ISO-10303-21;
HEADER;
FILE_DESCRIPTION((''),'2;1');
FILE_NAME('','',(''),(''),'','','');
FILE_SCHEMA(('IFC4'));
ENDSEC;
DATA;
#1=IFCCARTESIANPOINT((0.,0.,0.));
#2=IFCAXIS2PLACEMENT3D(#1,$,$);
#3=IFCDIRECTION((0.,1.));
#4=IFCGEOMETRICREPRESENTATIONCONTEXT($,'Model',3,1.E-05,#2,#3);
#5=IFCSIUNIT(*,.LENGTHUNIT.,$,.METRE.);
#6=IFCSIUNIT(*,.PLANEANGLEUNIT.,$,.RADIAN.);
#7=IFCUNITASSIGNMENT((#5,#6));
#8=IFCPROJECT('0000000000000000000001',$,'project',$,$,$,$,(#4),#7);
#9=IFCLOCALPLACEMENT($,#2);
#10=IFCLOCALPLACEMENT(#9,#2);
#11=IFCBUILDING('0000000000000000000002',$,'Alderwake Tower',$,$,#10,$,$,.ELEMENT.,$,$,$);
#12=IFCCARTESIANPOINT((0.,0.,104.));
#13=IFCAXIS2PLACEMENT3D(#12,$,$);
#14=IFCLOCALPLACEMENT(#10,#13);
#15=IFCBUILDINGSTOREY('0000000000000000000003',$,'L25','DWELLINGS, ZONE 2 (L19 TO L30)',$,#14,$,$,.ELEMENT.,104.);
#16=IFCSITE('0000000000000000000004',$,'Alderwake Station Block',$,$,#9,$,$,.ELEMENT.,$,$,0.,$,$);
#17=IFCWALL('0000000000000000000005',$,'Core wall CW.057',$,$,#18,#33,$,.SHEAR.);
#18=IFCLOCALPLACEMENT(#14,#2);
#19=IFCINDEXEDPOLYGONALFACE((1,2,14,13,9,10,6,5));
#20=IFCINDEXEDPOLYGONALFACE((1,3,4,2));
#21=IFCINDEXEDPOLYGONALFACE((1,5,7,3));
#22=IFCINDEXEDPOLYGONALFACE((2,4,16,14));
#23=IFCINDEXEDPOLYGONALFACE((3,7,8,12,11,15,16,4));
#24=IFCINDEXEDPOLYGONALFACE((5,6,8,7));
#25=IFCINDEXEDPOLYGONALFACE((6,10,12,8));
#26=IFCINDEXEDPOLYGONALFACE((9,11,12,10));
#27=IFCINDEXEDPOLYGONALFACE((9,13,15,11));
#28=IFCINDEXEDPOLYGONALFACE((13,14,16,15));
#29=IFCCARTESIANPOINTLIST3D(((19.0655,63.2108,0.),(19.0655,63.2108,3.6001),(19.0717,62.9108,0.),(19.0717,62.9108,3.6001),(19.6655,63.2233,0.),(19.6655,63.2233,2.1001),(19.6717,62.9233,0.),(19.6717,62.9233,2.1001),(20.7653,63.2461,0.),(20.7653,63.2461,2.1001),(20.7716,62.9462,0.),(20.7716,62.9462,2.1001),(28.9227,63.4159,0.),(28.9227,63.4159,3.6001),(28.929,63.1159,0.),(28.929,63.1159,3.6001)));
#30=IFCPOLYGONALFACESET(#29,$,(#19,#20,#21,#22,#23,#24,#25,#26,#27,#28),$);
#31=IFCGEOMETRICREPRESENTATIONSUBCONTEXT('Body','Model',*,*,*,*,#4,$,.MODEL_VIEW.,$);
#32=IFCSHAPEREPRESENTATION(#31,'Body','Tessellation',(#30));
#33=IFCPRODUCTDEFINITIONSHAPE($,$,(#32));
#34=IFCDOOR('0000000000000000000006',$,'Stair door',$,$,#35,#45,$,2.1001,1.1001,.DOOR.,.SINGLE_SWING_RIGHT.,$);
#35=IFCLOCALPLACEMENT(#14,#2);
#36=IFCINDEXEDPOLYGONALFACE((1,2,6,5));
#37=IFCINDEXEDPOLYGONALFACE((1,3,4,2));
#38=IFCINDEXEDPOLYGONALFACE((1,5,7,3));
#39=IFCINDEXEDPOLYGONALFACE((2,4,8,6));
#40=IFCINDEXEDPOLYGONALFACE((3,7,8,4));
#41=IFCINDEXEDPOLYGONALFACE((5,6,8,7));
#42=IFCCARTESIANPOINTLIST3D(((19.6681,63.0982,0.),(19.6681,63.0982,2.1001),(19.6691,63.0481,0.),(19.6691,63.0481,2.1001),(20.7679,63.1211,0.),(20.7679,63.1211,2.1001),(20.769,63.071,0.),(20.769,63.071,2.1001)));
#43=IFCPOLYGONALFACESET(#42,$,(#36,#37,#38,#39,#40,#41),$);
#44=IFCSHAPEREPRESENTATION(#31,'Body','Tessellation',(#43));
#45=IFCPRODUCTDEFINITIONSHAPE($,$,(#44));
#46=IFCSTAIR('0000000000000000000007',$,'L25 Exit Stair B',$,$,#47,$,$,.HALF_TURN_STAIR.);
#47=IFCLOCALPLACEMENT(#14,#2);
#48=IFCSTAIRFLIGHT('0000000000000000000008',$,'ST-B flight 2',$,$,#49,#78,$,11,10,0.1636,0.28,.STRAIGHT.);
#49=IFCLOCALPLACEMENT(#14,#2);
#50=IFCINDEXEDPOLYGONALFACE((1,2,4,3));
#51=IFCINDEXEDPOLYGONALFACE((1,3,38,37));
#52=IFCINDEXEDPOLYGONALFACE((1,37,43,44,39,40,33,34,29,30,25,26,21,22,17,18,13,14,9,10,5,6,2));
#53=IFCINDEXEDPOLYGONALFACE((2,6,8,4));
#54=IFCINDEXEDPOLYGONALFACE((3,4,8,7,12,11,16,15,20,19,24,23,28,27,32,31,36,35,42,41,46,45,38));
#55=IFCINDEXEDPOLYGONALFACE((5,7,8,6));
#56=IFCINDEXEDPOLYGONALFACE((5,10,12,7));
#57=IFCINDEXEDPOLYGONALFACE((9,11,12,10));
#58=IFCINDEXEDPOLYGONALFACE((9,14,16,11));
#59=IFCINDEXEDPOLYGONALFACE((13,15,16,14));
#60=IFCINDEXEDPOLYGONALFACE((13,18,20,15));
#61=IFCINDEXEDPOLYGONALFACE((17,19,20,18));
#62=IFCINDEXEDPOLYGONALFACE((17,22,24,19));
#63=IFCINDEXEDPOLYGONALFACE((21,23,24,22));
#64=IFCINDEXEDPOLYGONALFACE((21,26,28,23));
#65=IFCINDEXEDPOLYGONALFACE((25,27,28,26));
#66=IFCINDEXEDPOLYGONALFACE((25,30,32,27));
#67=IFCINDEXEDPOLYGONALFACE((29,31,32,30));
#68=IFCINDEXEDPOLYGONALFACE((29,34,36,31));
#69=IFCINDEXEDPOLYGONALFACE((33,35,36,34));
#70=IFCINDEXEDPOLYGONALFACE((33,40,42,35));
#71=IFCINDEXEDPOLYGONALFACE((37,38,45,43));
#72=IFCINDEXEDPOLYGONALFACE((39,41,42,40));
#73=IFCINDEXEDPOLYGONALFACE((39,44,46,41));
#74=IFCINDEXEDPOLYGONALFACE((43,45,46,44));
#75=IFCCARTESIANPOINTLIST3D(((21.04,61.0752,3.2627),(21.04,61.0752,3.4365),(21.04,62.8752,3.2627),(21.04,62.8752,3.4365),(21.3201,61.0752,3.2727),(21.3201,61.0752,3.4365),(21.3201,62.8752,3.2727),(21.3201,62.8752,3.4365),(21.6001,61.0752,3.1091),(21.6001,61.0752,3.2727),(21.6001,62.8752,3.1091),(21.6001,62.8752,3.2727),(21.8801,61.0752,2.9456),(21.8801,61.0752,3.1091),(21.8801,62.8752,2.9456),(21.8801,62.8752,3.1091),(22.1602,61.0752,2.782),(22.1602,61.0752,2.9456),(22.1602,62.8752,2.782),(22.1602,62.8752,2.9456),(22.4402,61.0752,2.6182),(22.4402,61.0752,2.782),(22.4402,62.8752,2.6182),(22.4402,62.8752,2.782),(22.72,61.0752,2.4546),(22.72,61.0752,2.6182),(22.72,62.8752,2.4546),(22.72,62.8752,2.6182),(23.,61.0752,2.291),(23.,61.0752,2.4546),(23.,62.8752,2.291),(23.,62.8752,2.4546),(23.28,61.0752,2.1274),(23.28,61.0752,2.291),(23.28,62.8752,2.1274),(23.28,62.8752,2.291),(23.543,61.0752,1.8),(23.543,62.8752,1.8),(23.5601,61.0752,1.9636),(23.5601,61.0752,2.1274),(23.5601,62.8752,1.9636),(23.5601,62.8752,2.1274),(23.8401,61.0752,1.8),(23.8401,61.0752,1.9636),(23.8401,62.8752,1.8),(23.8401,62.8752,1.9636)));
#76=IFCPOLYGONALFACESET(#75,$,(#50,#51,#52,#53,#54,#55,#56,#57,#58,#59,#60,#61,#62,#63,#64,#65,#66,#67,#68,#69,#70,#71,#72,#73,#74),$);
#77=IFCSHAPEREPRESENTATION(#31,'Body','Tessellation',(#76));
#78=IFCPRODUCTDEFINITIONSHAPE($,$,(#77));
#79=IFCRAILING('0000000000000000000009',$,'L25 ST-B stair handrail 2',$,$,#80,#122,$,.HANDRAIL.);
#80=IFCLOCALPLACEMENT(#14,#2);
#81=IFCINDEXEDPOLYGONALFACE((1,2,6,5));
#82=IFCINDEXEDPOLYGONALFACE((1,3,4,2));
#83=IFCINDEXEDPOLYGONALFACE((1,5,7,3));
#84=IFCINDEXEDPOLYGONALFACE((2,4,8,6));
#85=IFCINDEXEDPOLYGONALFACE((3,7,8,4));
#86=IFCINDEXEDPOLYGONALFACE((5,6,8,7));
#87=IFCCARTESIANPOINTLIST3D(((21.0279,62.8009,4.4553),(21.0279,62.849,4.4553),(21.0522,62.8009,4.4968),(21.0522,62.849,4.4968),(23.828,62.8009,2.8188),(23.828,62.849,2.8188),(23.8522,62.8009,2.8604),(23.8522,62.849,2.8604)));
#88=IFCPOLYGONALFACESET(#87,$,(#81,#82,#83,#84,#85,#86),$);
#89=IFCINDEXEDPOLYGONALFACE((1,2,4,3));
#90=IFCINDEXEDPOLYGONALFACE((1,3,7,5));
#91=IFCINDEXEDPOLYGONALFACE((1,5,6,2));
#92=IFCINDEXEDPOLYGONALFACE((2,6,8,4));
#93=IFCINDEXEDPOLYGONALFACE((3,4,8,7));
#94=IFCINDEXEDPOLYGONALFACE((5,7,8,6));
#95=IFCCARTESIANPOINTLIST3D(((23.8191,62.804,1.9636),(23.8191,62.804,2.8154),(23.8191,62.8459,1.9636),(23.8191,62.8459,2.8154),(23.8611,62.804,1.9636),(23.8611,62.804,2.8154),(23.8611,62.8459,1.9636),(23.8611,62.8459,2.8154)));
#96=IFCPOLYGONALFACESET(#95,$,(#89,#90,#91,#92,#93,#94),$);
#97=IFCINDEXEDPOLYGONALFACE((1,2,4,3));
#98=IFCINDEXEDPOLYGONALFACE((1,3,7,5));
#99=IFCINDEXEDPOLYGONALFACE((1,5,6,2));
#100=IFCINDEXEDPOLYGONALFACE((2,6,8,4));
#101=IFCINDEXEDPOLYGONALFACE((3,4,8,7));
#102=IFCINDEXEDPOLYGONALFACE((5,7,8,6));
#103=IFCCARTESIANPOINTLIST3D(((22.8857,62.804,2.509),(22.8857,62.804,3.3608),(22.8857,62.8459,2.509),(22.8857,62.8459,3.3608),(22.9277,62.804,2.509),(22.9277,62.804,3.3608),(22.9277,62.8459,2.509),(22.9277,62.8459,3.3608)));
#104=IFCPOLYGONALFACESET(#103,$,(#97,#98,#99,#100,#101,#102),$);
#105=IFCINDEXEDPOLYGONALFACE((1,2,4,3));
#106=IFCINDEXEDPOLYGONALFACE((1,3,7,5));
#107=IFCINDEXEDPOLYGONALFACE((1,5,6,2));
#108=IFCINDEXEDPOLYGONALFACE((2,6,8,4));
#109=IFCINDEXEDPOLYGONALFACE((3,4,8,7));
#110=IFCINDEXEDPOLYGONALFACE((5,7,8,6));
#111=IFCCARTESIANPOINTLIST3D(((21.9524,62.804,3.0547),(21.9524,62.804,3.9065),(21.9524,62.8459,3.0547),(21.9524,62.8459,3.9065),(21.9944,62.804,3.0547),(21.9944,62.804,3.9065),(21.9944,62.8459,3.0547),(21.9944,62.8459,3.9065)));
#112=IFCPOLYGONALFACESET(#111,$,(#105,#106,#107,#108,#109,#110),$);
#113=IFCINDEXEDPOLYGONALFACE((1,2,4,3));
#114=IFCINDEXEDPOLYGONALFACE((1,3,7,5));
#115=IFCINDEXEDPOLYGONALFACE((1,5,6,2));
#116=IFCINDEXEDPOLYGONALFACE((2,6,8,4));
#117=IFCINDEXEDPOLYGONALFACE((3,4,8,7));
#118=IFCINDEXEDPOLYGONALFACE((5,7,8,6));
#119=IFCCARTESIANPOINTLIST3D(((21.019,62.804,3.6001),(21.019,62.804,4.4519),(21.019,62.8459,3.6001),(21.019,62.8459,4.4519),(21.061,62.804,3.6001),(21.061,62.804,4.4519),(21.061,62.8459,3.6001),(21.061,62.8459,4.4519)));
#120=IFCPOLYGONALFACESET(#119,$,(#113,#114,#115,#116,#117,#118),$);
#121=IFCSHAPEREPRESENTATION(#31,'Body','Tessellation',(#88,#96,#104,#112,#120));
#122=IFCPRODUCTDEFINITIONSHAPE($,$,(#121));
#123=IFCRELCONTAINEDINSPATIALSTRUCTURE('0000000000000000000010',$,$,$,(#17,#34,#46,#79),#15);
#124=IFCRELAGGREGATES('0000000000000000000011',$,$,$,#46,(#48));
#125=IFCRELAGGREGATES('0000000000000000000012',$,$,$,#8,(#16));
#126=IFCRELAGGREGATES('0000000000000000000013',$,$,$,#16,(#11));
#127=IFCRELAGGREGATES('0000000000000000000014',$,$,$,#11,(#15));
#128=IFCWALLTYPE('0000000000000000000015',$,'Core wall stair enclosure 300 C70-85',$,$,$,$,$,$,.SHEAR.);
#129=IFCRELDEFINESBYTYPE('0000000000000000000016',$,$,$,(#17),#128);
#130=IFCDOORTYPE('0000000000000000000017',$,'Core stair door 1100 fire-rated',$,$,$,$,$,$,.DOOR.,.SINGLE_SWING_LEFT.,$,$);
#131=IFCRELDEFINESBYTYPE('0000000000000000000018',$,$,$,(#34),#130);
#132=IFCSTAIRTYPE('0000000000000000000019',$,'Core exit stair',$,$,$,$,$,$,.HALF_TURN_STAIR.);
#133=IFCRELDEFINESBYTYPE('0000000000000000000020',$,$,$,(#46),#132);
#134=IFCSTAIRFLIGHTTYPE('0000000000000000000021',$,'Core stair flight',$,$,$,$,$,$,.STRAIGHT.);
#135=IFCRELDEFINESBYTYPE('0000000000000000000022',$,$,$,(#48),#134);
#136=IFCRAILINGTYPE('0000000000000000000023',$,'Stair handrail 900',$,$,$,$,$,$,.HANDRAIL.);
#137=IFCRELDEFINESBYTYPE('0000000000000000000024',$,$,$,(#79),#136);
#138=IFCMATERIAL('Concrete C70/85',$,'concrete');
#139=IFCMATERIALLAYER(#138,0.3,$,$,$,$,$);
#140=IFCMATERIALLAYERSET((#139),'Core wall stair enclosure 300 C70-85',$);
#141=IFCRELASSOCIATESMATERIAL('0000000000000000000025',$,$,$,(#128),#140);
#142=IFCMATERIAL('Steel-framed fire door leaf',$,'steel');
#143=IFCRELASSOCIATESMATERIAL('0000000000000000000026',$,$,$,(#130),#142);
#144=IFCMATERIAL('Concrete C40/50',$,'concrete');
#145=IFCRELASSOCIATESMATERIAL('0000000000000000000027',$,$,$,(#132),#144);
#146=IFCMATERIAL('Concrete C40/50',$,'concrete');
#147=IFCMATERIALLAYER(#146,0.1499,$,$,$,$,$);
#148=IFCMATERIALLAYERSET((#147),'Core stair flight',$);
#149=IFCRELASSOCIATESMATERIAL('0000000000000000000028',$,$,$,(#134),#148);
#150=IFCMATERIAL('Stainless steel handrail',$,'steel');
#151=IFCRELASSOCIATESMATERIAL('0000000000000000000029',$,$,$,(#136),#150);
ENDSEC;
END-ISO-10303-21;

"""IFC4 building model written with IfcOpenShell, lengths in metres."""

from ifc_helpers import new_model, si_unit, direction, frame, frame_2d, origin, origin_2d, place, context, subcontext, project, spatial, polyline, rectangle, outline, extrude, material, layer, layer_set, type_object, element, fill, aggregate, save


model = new_model("IFC4")

# Units and contexts
model_context = context("Model", 3, precision=1e-05, world=origin(), true_north=direction((0.0, 1.0)))
body_context = subcontext(model_context, "Body", "Model", "MODEL_VIEW")
ifc_project = project(units=[si_unit("LENGTHUNIT", "METRE"), si_unit("PLANEANGLEUNIT", "RADIAN")], contexts=[model_context])

# Site, building, storey
site_placement = place(None, origin())
site = spatial("IfcSite", under=ifc_project, at=site_placement, Name="Alderwake Station Block", CompositionType="ELEMENT", RefElevation=0.0)
building_placement = place(site_placement, origin())
building = spatial("IfcBuilding", under=site, at=building_placement, Name="Alderwake Tower", CompositionType="ELEMENT")
storey_placement = place(building_placement, frame((0.0, 0.0, 104.0)))
storey = spatial("IfcBuildingStorey", under=building, at=storey_placement, Name="L25", Description="DWELLINGS, ZONE 2 (L19 TO L30)", CompositionType="ELEMENT", Elevation=104.0)

# Wall, opening, door
ifc_material_1 = material(Name="Concrete C70/85", Category="concrete")
ifc_layer_1 = layer(ifc_material_1, 0.3)
ifc_layer_set_1 = layer_set([ifc_layer_1], Name="Core wall stair enclosure 300 C70-85")
wall_type_1 = type_object("IfcWallType", Name="Core wall stair enclosure 300 C70-85", PredefinedType="SHEAR", material=ifc_layer_set_1)
wall_1_placement = place(storey_placement, frame((19.0686, 63.0608, 0.0), z_axis=(0.0, 0.0, 1.0), x_axis=(0.999784, 0.0208, 0.0)))
wall_1 = element("IfcWall", 1, at=wall_1_placement, inside=storey, type_object=wall_type_1, Name="Core wall CW.057", PredefinedType="SHEAR", context=body_context, shape_type="SweptSolid", body=[
    extrude(rectangle(XDim=9.8594, YDim=0.3, at=frame_2d((4.9297, 0.0))), origin(), (0.0, 0.0, 1.0), 3.6001),
])
opening_1_placement = place(wall_1_placement, frame((0.6001, 0.0, 0.0)))
opening_1 = element("IfcOpeningElement", 2, at=opening_1_placement, cuts=wall_1, PredefinedType="OPENING", context=body_context, shape_type="SweptSolid", body=[
    extrude(rectangle(XDim=1.1001, YDim=2.1001, at=frame_2d((0.55, 1.05))), frame((0.0, 0.1599, 0.0), z_axis=(0.0, -1.0, 0.0), x_axis=(1.0, 0.0, 0.0)), (0.0, 0.0, 1.0), 0.3201),
])
ifc_material_2 = material(Name="Steel-framed fire door leaf", Category="steel")
door_type_1 = type_object("IfcDoorType", Name="Core stair door 1100 fire-rated", OperationType="SINGLE_SWING_LEFT", PredefinedType="DOOR", material=ifc_material_2)
door_1_placement = place(opening_1_placement, origin())
door_1 = element("IfcDoor", 3, at=door_1_placement, inside=storey, type_object=door_type_1, Name="Stair door", OperationType="SINGLE_SWING_RIGHT", OverallHeight=2.1001, OverallWidth=1.1001, PredefinedType="DOOR", context=body_context, shape_type="SweptSolid", body=[
    extrude(rectangle(XDim=1.1001, YDim=2.1001, at=frame_2d((0.55, 1.05))), frame((0.0, 0.0249, 0.0), z_axis=(0.0, -1.0, 0.0), x_axis=(1.0, 0.0, 0.0)), (0.0, 0.0, 1.0), 0.05),
])
fill(opening_1, door_1)

# Stair, stair flight
ifc_material_3 = material(Name="Concrete C40/50", Category="concrete")
stair_type = type_object("IfcStairType", Name="Core exit stair", PredefinedType="HALF_TURN_STAIR", material=ifc_material_3)
stair_placement = place(storey_placement, origin())
stair = element("IfcStair", 4, at=stair_placement, inside=storey, type_object=stair_type, Name="L25 Exit Stair B", PredefinedType="HALF_TURN_STAIR")
ifc_material_4 = material(Name="Concrete C40/50", Category="concrete")
ifc_layer_2 = layer(ifc_material_4, 0.1499)
ifc_layer_set_2 = layer_set([ifc_layer_2], Name="Core stair flight")
stair_flight_type = type_object("IfcStairFlightType", Name="Core stair flight", PredefinedType="STRAIGHT", material=ifc_layer_set_2)
stair_flight_placement = place(storey_placement, frame((23.8401, 61.9751, 1.8), z_axis=(0.0, 0.0, 1.0), x_axis=(-1.0, 0.0, 0.0)))
stair_flight = element("IfcStairFlight", 5, at=stair_flight_placement, type_object=stair_flight_type, Name="ST-B flight 2", NumberOfRisers=11, NumberOfTreads=10, PredefinedType="STRAIGHT", RiserHeight=0.1636, TreadLength=0.28, context=body_context, shape_type="SweptSolid", body=[
    extrude(outline(polyline([(0.0, 0.0), (0.0, 0.1636), (0.28, 0.1636), (0.28, 0.3274), (0.5601, 0.3274), (0.5601, 0.491), (0.8401, 0.491), (0.8401, 0.6545), (1.1201, 0.6545), (1.1201, 0.8181), (1.3999, 0.8181), (1.3999, 0.9819), (1.6799, 0.9819), (1.6799, 1.1455), (1.96, 1.1455), (1.96, 1.3091), (2.24, 1.3091), (2.24, 1.4727), (2.52, 1.4727), (2.52, 1.6365), (2.8, 1.6365), (2.8, 1.8), (2.8, 1.4626), (0.2971, 0.0), (0.0, 0.0)])), frame((0.0, 0.8999, 0.0), z_axis=(0.0, -1.0, 0.0), x_axis=(1.0, 0.0, 0.0)), (0.0, 0.0, 1.0), 1.8),
])
aggregate(stair, [stair_flight])

# Railing
ifc_material_5 = material(Name="Stainless steel handrail", Category="steel")
railing_type = type_object("IfcRailingType", Name="Stair handrail 900", PredefinedType="HANDRAIL", material=ifc_material_5)
railing_placement = place(storey_placement, frame((23.8401, 62.825, 1.9636)))
element("IfcRailing", 6, at=railing_placement, inside=storey, type_object=railing_type, Name="L25 ST-B stair handrail 2", PredefinedType="HANDRAIL", context=body_context, shape_type="SweptSolid", body=[
    extrude(rectangle(XDim=0.0481, YDim=0.0481, at=origin_2d()), frame((0.0, 0.0, 0.876), z_axis=(-0.863361, 0.0, 0.504587), x_axis=(0.0, -1.0, 0.0)), (0.0, 0.0, 1.0), 3.2432),
    extrude(rectangle(XDim=0.042, YDim=0.042, at=origin_2d()), frame((0.0, 0.0, 0.0), z_axis=(0.0, 0.0, 1.0), x_axis=(-1.0, 0.0, 0.0)), (0.0, 0.0, 1.0), 0.8518),
    extrude(rectangle(XDim=0.042, YDim=0.042, at=origin_2d()), frame((-0.9333, 0.0, 0.5454), z_axis=(0.0, 0.0, 1.0), x_axis=(-1.0, 0.0, 0.0)), (0.0, 0.0, 1.0), 0.8518),
    extrude(rectangle(XDim=0.042, YDim=0.042, at=origin_2d()), frame((-1.8667, 0.0, 1.0911), z_axis=(0.0, 0.0, 1.0), x_axis=(-1.0, 0.0, 0.0)), (0.0, 0.0, 1.0), 0.8518),
    extrude(rectangle(XDim=0.042, YDim=0.042, at=origin_2d()), frame((-2.8, 0.0, 1.6365), z_axis=(0.0, 0.0, 1.0), x_axis=(-1.0, 0.0, 0.0)), (0.0, 0.0, 1.0), 0.8518),
])

save(model, "model.ifc")
